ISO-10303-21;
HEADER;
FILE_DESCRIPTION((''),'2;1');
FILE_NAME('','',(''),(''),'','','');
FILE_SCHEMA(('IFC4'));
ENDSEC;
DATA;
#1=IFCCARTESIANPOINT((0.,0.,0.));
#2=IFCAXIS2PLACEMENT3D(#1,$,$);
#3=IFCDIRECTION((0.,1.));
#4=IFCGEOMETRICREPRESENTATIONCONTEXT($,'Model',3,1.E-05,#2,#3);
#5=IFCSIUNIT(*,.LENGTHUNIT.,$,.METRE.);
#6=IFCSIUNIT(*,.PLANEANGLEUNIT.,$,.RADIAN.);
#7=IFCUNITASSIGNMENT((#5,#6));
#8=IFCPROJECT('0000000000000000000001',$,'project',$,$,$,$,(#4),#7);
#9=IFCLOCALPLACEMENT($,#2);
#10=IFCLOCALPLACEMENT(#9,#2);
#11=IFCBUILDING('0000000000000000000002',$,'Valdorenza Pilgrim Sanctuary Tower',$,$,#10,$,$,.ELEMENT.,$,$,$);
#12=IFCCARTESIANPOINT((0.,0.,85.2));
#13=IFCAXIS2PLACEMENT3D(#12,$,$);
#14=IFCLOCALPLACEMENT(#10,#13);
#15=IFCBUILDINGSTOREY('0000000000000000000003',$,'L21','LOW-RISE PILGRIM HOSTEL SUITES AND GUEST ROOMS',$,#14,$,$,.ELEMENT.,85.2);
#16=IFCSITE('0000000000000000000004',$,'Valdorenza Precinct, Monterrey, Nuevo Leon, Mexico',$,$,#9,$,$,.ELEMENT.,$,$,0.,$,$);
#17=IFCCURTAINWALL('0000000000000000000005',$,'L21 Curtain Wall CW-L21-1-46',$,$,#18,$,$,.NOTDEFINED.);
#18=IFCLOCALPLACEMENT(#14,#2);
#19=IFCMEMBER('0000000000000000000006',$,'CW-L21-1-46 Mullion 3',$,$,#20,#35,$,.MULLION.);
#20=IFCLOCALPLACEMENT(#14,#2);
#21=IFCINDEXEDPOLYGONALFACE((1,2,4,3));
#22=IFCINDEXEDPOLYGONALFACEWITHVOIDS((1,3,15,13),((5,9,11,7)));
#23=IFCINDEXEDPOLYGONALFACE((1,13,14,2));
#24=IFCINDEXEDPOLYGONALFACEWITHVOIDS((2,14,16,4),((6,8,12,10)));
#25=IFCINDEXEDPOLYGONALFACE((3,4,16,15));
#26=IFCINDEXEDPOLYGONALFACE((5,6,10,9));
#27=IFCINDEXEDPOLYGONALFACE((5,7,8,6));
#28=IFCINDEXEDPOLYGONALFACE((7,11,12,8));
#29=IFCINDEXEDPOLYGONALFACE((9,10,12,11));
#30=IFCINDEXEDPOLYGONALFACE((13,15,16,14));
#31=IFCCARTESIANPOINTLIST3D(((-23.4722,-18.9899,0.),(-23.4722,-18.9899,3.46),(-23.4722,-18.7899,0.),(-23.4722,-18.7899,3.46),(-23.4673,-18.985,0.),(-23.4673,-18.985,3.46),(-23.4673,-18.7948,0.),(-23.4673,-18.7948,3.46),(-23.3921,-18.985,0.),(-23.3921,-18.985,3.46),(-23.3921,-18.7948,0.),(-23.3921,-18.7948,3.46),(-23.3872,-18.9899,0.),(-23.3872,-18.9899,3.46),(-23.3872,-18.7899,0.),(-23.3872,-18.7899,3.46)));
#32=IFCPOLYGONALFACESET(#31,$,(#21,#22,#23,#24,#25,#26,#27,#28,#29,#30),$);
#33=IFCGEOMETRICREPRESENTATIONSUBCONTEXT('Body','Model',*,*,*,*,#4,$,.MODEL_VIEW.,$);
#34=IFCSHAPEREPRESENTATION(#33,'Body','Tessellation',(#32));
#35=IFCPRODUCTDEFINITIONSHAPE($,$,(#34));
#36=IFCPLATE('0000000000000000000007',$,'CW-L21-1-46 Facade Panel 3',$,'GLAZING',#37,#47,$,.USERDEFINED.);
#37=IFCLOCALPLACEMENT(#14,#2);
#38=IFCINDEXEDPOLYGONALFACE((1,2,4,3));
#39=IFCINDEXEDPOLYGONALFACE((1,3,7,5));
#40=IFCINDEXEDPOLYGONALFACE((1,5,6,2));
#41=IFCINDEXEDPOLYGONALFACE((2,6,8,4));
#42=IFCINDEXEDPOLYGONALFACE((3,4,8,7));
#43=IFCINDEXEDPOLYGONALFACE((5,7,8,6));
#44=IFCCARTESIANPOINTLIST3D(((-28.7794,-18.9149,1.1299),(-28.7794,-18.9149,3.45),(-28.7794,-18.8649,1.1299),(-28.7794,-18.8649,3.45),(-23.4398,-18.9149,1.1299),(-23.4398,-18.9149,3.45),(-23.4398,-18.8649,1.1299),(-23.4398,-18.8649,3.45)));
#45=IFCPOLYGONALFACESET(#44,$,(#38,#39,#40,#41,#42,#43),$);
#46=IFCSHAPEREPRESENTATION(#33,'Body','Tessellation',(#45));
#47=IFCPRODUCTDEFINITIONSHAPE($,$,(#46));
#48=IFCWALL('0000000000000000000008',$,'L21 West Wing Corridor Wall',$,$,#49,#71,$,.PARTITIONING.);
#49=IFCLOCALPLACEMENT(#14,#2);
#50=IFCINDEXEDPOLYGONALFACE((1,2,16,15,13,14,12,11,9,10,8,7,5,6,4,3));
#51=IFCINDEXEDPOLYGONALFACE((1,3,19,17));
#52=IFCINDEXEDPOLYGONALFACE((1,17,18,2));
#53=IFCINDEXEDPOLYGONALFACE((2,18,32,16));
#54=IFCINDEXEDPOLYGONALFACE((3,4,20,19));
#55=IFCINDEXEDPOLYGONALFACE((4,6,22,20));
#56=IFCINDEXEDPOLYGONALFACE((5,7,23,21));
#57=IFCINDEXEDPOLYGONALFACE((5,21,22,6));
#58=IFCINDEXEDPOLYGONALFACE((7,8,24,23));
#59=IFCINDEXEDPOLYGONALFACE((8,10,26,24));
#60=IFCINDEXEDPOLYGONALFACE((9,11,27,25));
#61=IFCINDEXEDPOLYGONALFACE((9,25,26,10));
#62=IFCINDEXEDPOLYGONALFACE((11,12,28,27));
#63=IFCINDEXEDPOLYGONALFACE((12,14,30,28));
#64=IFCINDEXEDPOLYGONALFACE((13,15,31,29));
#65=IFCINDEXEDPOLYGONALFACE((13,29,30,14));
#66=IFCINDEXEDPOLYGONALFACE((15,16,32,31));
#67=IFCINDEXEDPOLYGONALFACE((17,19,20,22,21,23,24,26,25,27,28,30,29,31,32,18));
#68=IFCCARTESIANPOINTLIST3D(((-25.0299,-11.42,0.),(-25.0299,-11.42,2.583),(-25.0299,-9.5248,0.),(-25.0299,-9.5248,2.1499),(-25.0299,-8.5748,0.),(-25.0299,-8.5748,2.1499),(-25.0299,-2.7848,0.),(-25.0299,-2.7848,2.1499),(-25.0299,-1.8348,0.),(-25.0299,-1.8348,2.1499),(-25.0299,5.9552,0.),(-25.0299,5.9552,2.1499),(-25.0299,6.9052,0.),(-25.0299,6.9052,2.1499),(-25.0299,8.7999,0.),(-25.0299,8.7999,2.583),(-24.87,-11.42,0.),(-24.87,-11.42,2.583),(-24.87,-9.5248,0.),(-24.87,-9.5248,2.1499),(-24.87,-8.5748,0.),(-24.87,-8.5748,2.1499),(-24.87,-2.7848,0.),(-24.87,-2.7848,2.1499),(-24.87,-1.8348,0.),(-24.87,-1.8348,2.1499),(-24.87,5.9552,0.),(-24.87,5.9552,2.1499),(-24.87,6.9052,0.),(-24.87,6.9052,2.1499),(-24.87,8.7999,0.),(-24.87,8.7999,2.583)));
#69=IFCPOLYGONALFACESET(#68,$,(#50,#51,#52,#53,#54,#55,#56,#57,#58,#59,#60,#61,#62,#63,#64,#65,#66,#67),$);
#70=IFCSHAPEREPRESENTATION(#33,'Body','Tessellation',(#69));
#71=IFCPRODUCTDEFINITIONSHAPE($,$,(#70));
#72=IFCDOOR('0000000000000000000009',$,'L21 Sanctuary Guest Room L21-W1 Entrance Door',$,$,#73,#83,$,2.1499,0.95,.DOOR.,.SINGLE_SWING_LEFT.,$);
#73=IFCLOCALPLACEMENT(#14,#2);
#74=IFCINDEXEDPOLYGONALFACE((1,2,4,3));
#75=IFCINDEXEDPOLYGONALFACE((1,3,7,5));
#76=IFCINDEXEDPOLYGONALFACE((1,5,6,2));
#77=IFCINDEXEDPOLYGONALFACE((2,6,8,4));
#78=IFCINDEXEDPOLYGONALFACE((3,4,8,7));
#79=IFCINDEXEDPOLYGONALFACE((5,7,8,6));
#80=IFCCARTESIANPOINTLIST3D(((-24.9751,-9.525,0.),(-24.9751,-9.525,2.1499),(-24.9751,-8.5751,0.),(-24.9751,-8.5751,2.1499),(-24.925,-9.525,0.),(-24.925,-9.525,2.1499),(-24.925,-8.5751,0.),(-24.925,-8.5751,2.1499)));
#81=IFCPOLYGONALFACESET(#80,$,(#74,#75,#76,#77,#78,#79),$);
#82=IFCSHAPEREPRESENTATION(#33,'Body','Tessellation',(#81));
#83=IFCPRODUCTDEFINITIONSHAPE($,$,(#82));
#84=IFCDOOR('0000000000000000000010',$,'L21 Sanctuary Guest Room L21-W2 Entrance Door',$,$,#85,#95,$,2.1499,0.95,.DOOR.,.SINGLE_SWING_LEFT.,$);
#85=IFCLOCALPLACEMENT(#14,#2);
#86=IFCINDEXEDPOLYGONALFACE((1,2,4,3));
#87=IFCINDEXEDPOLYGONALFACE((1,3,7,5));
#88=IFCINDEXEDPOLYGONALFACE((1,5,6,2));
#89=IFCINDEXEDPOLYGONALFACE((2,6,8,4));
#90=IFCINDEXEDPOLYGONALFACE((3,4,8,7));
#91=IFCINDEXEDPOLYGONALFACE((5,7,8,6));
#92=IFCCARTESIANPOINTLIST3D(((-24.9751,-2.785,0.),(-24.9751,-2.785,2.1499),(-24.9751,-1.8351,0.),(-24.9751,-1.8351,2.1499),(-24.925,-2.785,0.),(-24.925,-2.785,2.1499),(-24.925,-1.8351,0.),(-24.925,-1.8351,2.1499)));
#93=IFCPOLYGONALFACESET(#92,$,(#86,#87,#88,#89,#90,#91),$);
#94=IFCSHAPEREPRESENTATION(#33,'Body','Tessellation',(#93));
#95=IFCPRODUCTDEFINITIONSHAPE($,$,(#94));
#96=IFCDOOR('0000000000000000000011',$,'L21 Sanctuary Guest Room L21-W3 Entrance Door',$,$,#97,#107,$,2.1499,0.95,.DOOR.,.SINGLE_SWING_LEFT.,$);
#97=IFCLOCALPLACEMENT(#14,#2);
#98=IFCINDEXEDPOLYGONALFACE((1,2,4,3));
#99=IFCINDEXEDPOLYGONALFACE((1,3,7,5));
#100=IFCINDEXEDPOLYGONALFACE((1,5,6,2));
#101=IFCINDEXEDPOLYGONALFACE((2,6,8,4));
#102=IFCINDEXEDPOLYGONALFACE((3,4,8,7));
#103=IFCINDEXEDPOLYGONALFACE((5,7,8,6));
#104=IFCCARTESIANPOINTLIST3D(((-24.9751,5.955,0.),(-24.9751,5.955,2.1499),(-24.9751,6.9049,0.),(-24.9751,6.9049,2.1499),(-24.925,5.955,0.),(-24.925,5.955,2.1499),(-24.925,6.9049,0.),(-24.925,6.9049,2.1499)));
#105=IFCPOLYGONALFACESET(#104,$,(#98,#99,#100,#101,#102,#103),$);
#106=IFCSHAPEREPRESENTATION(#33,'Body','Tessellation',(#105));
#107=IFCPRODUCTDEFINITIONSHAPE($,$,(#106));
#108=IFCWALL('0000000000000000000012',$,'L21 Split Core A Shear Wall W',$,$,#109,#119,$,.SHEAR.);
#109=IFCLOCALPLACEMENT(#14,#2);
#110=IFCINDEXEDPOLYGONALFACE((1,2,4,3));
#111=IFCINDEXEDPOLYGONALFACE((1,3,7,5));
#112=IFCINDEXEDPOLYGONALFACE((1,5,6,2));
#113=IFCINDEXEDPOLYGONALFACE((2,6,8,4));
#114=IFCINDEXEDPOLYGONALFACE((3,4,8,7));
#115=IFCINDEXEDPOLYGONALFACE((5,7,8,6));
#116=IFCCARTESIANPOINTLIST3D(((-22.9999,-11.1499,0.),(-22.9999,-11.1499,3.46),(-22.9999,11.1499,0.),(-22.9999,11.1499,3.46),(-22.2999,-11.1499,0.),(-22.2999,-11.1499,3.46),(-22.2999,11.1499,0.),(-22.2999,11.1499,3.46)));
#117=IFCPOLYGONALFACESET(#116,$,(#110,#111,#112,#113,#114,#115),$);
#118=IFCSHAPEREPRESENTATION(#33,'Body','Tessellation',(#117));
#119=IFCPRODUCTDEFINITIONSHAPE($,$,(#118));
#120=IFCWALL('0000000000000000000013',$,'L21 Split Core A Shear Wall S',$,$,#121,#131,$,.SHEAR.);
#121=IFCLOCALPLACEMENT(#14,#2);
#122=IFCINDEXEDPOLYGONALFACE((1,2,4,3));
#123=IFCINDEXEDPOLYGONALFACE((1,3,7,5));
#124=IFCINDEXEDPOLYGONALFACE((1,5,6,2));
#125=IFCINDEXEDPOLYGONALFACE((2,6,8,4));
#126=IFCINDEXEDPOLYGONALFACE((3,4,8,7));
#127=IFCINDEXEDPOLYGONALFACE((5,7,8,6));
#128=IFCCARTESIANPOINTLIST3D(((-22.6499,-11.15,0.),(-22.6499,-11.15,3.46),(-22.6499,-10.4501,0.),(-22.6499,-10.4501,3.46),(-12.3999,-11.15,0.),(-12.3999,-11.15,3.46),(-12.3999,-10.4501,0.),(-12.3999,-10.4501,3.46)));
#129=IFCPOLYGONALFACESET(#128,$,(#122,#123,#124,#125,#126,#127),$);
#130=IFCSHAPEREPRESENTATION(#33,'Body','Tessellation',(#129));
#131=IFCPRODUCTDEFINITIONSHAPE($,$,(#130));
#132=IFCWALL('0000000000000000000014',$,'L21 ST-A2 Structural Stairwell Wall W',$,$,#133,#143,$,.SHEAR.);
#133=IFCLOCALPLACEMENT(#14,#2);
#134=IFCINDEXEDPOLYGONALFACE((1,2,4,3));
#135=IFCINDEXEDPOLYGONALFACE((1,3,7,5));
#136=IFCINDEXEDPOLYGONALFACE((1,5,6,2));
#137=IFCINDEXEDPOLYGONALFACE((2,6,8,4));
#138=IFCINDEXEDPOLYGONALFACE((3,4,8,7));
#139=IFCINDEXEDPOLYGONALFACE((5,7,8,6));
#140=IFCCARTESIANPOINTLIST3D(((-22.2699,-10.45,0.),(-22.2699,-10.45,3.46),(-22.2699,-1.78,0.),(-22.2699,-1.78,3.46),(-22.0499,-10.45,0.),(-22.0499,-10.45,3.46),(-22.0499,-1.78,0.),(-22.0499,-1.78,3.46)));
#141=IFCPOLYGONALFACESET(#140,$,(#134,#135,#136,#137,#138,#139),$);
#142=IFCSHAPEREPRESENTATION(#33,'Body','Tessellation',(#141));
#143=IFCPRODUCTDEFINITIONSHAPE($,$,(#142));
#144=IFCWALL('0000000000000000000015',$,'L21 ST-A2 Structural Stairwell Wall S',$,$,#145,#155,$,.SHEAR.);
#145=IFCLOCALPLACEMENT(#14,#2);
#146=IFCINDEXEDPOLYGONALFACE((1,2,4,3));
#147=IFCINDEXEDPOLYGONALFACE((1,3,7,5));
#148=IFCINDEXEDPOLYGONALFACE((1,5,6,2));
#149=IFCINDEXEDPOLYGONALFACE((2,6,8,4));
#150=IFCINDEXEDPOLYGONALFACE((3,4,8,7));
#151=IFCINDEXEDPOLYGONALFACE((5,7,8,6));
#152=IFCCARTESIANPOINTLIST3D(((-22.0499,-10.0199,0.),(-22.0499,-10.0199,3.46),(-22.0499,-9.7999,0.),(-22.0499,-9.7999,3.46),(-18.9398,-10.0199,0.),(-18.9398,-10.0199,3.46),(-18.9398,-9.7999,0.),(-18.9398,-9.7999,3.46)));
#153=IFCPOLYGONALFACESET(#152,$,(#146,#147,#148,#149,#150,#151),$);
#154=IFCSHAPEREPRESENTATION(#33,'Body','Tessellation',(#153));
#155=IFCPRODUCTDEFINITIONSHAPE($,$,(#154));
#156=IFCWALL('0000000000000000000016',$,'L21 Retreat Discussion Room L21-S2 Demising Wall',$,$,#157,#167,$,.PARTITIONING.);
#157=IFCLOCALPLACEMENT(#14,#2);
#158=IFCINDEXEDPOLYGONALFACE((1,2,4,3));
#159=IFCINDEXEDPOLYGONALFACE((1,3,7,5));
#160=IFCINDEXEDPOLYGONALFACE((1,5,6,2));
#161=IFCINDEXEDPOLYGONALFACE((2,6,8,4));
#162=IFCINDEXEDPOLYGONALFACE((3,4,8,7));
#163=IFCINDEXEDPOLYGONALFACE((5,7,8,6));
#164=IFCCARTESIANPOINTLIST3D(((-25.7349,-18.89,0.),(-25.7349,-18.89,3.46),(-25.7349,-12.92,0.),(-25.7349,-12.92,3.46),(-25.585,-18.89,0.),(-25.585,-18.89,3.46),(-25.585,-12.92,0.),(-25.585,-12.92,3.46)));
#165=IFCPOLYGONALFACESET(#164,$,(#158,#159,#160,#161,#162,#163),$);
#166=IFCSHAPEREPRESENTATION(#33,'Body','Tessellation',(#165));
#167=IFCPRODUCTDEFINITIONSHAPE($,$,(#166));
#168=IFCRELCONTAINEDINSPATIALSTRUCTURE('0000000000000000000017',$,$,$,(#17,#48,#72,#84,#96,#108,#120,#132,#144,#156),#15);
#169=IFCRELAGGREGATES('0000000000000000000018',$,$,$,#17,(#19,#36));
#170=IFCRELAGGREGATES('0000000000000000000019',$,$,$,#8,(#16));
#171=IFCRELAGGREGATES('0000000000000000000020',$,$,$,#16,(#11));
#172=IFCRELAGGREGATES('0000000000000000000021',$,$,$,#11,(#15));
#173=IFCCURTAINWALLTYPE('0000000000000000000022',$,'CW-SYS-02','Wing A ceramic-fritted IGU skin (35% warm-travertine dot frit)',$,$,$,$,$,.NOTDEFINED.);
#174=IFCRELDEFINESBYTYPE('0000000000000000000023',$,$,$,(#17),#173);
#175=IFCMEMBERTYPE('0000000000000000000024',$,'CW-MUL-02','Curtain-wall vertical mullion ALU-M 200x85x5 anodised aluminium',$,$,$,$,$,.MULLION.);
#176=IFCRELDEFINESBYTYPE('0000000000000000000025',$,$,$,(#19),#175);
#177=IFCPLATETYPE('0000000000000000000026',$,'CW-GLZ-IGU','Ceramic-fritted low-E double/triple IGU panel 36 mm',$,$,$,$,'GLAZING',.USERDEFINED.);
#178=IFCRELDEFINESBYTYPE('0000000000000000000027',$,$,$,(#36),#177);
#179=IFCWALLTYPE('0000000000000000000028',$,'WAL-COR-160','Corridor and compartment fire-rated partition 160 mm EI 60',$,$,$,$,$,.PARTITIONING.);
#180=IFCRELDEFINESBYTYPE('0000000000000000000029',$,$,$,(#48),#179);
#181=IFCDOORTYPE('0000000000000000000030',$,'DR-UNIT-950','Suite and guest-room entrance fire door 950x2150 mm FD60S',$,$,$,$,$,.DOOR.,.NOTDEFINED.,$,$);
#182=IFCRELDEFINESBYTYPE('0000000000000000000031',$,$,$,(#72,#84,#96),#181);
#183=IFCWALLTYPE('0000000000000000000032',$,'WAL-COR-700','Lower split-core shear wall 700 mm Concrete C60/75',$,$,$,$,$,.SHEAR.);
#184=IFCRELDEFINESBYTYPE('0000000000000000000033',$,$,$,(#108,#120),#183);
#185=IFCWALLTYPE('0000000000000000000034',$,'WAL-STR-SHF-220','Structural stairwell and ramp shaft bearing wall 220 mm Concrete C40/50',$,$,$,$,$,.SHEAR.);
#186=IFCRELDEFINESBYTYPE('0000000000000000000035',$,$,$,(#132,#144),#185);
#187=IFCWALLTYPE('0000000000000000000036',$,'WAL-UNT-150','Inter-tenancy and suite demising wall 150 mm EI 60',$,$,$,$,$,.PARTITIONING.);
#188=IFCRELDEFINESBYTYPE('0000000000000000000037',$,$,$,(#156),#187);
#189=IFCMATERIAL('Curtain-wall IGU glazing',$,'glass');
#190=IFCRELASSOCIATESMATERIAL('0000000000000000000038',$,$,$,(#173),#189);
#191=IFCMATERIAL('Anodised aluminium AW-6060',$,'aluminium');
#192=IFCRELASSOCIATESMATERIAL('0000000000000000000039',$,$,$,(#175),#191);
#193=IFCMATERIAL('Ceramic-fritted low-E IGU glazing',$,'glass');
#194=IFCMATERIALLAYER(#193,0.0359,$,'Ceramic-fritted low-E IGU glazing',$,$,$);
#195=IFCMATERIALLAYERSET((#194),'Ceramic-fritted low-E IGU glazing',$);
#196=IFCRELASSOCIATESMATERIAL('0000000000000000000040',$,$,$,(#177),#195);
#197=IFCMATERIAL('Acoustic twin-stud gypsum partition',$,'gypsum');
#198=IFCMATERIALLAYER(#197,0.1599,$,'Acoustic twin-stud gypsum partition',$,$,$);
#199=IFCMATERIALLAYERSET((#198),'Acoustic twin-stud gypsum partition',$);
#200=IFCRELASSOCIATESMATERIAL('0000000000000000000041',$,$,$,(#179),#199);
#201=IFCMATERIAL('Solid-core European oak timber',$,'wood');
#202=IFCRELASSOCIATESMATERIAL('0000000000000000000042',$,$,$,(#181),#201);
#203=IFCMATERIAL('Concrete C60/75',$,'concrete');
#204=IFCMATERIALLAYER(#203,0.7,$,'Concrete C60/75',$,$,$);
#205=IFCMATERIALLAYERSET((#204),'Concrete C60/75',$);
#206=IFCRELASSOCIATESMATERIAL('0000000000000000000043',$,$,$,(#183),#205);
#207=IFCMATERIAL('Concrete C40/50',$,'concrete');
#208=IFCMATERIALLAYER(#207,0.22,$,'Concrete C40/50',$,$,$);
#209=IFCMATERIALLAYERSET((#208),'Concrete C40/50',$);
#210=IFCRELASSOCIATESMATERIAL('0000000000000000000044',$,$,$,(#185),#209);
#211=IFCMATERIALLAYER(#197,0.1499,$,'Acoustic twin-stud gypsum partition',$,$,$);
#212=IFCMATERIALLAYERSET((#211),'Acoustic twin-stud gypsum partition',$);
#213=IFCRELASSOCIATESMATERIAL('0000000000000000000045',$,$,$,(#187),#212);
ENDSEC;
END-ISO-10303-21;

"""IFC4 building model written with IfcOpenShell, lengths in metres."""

from ifc_helpers import new_model, si_unit, direction, frame, frame_2d, origin, origin_2d, place, context, subcontext, project, spatial, rectangle, hollow_rectangle, extrude, source, transform, mapped, material, layer, layer_set, material_profile, profile_set, type_object, element, fill, aggregate, save


model = new_model("IFC4")

# Units and contexts
model_context = context("Model", 3, precision=1e-05, world=origin(), true_north=direction((0.0, 1.0)))
body_context = subcontext(model_context, "Body", "Model", "MODEL_VIEW")
ifc_project = project(units=[si_unit("LENGTHUNIT", "METRE"), si_unit("PLANEANGLEUNIT", "RADIAN")], contexts=[model_context])

# Site, building, storey
site_placement = place(None, origin())
site = spatial("IfcSite", under=ifc_project, at=site_placement, Name="Valdorenza Precinct, Monterrey, Nuevo Leon, Mexico", CompositionType="ELEMENT", RefElevation=0.0)
building_placement = place(site_placement, origin())
building = spatial("IfcBuilding", under=site, at=building_placement, Name="Valdorenza Pilgrim Sanctuary Tower", CompositionType="ELEMENT")
storey_placement = place(building_placement, frame((0.0, 0.0, 85.2)))
storey = spatial("IfcBuildingStorey", under=building, at=storey_placement, Name="L21", Description="LOW-RISE PILGRIM HOSTEL SUITES AND GUEST ROOMS", CompositionType="ELEMENT", Elevation=85.2)

# Shared definitions
ifc_material_1 = material(Name="Concrete C60/75", Category="concrete")

# Curtain wall, member, plate
ifc_material_2 = material(Name="Curtain-wall IGU glazing", Category="glass")
curtain_wall_type = type_object("IfcCurtainWallType", Name="CW-SYS-02", Description="Wing A ceramic-fritted IGU skin (35% warm-travertine dot frit)", PredefinedType="NOTDEFINED", material=ifc_material_2)
curtain_wall_placement = place(storey_placement, origin())
curtain_wall = element("IfcCurtainWall", 1, at=curtain_wall_placement, inside=storey, type_object=curtain_wall_type, Name="L21 Curtain Wall CW-L21-1-46", PredefinedType="NOTDEFINED")
ifc_material_3 = material(Name="Anodised aluminium AW-6060", Category="aluminium")
ifc_material_profile_1 = material_profile(ifc_material_3, hollow_rectangle(XDim=0.085, YDim=0.2, WallThickness=0.0049, at=origin_2d()), Name="ALU-M 200x85x5")
ifc_profile_set_1 = profile_set([ifc_material_profile_1], Name="Anodised aluminium AW-6060")
member_type = type_object("IfcMemberType", Name="CW-MUL-02", Description="Curtain-wall vertical mullion ALU-M 200x85x5 anodised aluminium", PredefinedType="MULLION", material=ifc_profile_set_1)
shared_shape_1 = source(origin(), body_context, "Body", "SweptSolid", [
    extrude(hollow_rectangle(XDim=0.085, YDim=0.2, WallThickness=0.0049, at=origin_2d()), origin(), (0.0, 0.0, 1.0), 3.46),
])
member_placement = place(storey_placement, frame((-23.4297, -18.8899, 0.0), z_axis=(0.0, 0.0, 1.0), x_axis=(-1.0, 0.0, 0.0)))
member = element("IfcMember", 2, at=member_placement, type_object=member_type, Name="CW-L21-1-46 Mullion 3", PredefinedType="MULLION", context=body_context, shape_type="MappedRepresentation", body=[
    mapped(shared_shape_1, transform((0.0, 0.0, 0.0), x_axis=(1.0, 0.0, 0.0), y_axis=(0.0, 1.0, 0.0), z_axis=(0.0, 0.0, 1.0), scale=1.0)),
])
ifc_material_4 = material(Name="Ceramic-fritted low-E IGU glazing", Category="glass")
ifc_layer_1 = layer(ifc_material_4, 0.0359, Name="Ceramic-fritted low-E IGU glazing")
ifc_layer_set_1 = layer_set([ifc_layer_1], Name="Ceramic-fritted low-E IGU glazing")
plate_type = type_object("IfcPlateType", Name="CW-GLZ-IGU", Description="Ceramic-fritted low-E double/triple IGU panel 36 mm", ElementType="GLAZING", PredefinedType="USERDEFINED", material=ifc_layer_set_1)
shared_shape_2 = source(origin(), body_context, "Body", "SweptSolid", [
    extrude(rectangle(XDim=5.3396, YDim=0.05, at=origin_2d()), origin(), (0.0, 0.0, 1.0), 2.3201),
])
plate_placement = place(storey_placement, frame((-26.1096, -18.8899, 1.1299), z_axis=(0.0, 0.0, 1.0), x_axis=(-1.0, 0.0, 0.0)))
plate = element("IfcPlate", 3, at=plate_placement, type_object=plate_type, Name="CW-L21-1-46 Facade Panel 3", ObjectType="GLAZING", PredefinedType="USERDEFINED", context=body_context, shape_type="MappedRepresentation", body=[
    mapped(shared_shape_2, transform((0.0, 0.0, 0.0), x_axis=(1.0, 0.0, 0.0), y_axis=(0.0, 1.0, 0.0), z_axis=(0.0, 0.0, 1.0), scale=1.0)),
])
aggregate(curtain_wall, [member, plate])

# Wall, openings, doors
ifc_material_5 = material(Name="Acoustic twin-stud gypsum partition", Category="gypsum")
ifc_layer_2 = layer(ifc_material_5, 0.1599, Name="Acoustic twin-stud gypsum partition")
ifc_layer_set_2 = layer_set([ifc_layer_2], Name="Acoustic twin-stud gypsum partition")
wall_type_1 = type_object("IfcWallType", Name="WAL-COR-160", Description="Corridor and compartment fire-rated partition 160 mm EI 60", PredefinedType="PARTITIONING", material=ifc_layer_set_2)
wall_1_placement = place(storey_placement, frame((-24.95, -11.4199, 0.0), z_axis=(0.0, 0.0, 1.0), x_axis=(0.0, 1.0, 0.0)))
wall_1 = element("IfcWall", 4, at=wall_1_placement, inside=storey, type_object=wall_type_1, Name="L21 West Wing Corridor Wall", PredefinedType="PARTITIONING", context=body_context, shape_type="SweptSolid", body=[
    extrude(rectangle(XDim=20.22, YDim=0.1599, at=frame_2d((10.1099, 0.0))), origin(), (0.0, 0.0, 1.0), 2.583),
])
opening_1_placement = place(wall_1_placement, frame((1.895, 0.0, 0.0)))
opening_1 = element("IfcOpeningElement", 5, at=opening_1_placement, cuts=wall_1, PredefinedType="OPENING", context=body_context, shape_type="SweptSolid", body=[
    extrude(rectangle(XDim=0.95, YDim=2.1499, at=frame_2d((0.4751, 1.075))), frame((0.0, 0.0947, 0.0), z_axis=(0.0, -1.0, 0.0), x_axis=(1.0, 0.0, 0.0)), (0.0, 0.0, 1.0), 0.1897),
])
opening_2_placement = place(wall_1_placement, frame((8.635, 0.0, 0.0)))
opening_2 = element("IfcOpeningElement", 6, at=opening_2_placement, cuts=wall_1, PredefinedType="OPENING", context=body_context, shape_type="SweptSolid", body=[
    extrude(rectangle(XDim=0.95, YDim=2.1499, at=frame_2d((0.4751, 1.075))), frame((0.0, 0.0947, 0.0), z_axis=(0.0, -1.0, 0.0), x_axis=(1.0, 0.0, 0.0)), (0.0, 0.0, 1.0), 0.1897),
])
opening_3_placement = place(wall_1_placement, frame((17.375, 0.0, 0.0)))
opening_3 = element("IfcOpeningElement", 7, at=opening_3_placement, cuts=wall_1, PredefinedType="OPENING", context=body_context, shape_type="SweptSolid", body=[
    extrude(rectangle(XDim=0.95, YDim=2.1499, at=frame_2d((0.4751, 1.075))), frame((0.0, 0.0947, 0.0), z_axis=(0.0, -1.0, 0.0), x_axis=(1.0, 0.0, 0.0)), (0.0, 0.0, 1.0), 0.1897),
])
ifc_material_6 = material(Name="Solid-core European oak timber", Category="wood")
door_type = type_object("IfcDoorType", Name="DR-UNIT-950", Description="Suite and guest-room entrance fire door 950x2150 mm FD60S", OperationType="NOTDEFINED", PredefinedType="DOOR", material=ifc_material_6)
door_1_placement = place(opening_1_placement, frame((0.95, 0.0, 0.0), z_axis=(0.0, 0.0, 1.0), x_axis=(-1.0, 0.0, 0.0)))
door_1 = element("IfcDoor", 8, at=door_1_placement, inside=storey, type_object=door_type, Name="L21 Sanctuary Guest Room L21-W1 Entrance Door", OperationType="SINGLE_SWING_LEFT", OverallHeight=2.1499, OverallWidth=0.95, PredefinedType="DOOR", context=body_context, shape_type="SweptSolid", body=[
    extrude(rectangle(XDim=0.95, YDim=2.1499, at=frame_2d((0.4751, 1.075))), frame((0.0, 0.0249, 0.0), z_axis=(0.0, -1.0, 0.0), x_axis=(1.0, 0.0, 0.0)), (0.0, 0.0, 1.0), 0.05),
])
fill(opening_1, door_1)
door_2_placement = place(opening_2_placement, frame((0.95, 0.0, 0.0), z_axis=(0.0, 0.0, 1.0), x_axis=(-1.0, 0.0, 0.0)))
door_2 = element("IfcDoor", 9, at=door_2_placement, inside=storey, type_object=door_type, Name="L21 Sanctuary Guest Room L21-W2 Entrance Door", OperationType="SINGLE_SWING_LEFT", OverallHeight=2.1499, OverallWidth=0.95, PredefinedType="DOOR", context=body_context, shape_type="SweptSolid", body=[
    extrude(rectangle(XDim=0.95, YDim=2.1499, at=frame_2d((0.4751, 1.075))), frame((0.0, 0.0249, 0.0), z_axis=(0.0, -1.0, 0.0), x_axis=(1.0, 0.0, 0.0)), (0.0, 0.0, 1.0), 0.05),
])
fill(opening_2, door_2)
door_3_placement = place(opening_3_placement, frame((0.95, 0.0, 0.0), z_axis=(0.0, 0.0, 1.0), x_axis=(-1.0, 0.0, 0.0)))
door_3 = element("IfcDoor", 10, at=door_3_placement, inside=storey, type_object=door_type, Name="L21 Sanctuary Guest Room L21-W3 Entrance Door", OperationType="SINGLE_SWING_LEFT", OverallHeight=2.1499, OverallWidth=0.95, PredefinedType="DOOR", context=body_context, shape_type="SweptSolid", body=[
    extrude(rectangle(XDim=0.95, YDim=2.1499, at=frame_2d((0.4751, 1.075))), frame((0.0, 0.0249, 0.0), z_axis=(0.0, -1.0, 0.0), x_axis=(1.0, 0.0, 0.0)), (0.0, 0.0, 1.0), 0.05),
])
fill(opening_3, door_3)

# Walls
ifc_layer_3 = layer(ifc_material_1, 0.7, Name="Concrete C60/75")
ifc_layer_set_3 = layer_set([ifc_layer_3], Name="Concrete C60/75")
wall_type_2 = type_object("IfcWallType", Name="WAL-COR-700", Description="Lower split-core shear wall 700 mm Concrete C60/75", PredefinedType="SHEAR", material=ifc_layer_set_3)
wall_2_placement = place(storey_placement, frame((-22.6499, -11.1499, 0.0), z_axis=(0.0, 0.0, 1.0), x_axis=(0.0, 1.0, 0.0)))
element("IfcWall", 11, at=wall_2_placement, inside=storey, type_object=wall_type_2, Name="L21 Split Core A Shear Wall W", PredefinedType="SHEAR", context=body_context, shape_type="SweptSolid", body=[
    extrude(rectangle(XDim=22.2998, YDim=0.7, at=frame_2d((11.1499, 0.0))), origin(), (0.0, 0.0, 1.0), 3.46),
])
wall_3_placement = place(storey_placement, frame((-22.6499, -10.8, 0.0), z_axis=(0.0, 0.0, 1.0), x_axis=(1.0, 0.0, 0.0)))
element("IfcWall", 12, at=wall_3_placement, inside=storey, type_object=wall_type_2, Name="L21 Split Core A Shear Wall S", PredefinedType="SHEAR", context=body_context, shape_type="SweptSolid", body=[
    extrude(rectangle(XDim=10.25, YDim=0.7, at=frame_2d((5.125, 0.0))), origin(), (0.0, 0.0, 1.0), 3.46),
])
ifc_material_7 = material(Name="Concrete C40/50", Category="concrete")
ifc_layer_4 = layer(ifc_material_7, 0.22, Name="Concrete C40/50")
ifc_layer_set_4 = layer_set([ifc_layer_4], Name="Concrete C40/50")
wall_type_3 = type_object("IfcWallType", Name="WAL-STR-SHF-220", Description="Structural stairwell and ramp shaft bearing wall 220 mm Concrete C40/50", PredefinedType="SHEAR", material=ifc_layer_set_4)
wall_4_placement = place(storey_placement, frame((-22.1599, -10.45, 0.0), z_axis=(0.0, 0.0, 1.0), x_axis=(0.0, 1.0, 0.0)))
element("IfcWall", 13, at=wall_4_placement, inside=storey, type_object=wall_type_3, Name="L21 ST-A2 Structural Stairwell Wall W", PredefinedType="SHEAR", context=body_context, shape_type="SweptSolid", body=[
    extrude(rectangle(XDim=8.6699, YDim=0.22, at=frame_2d((4.335, 0.0))), origin(), (0.0, 0.0, 1.0), 3.46),
])
wall_5_placement = place(storey_placement, frame((-22.05, -9.9099, 0.0), z_axis=(0.0, 0.0, 1.0), x_axis=(1.0, 0.0, 0.0)))
element("IfcWall", 14, at=wall_5_placement, inside=storey, type_object=wall_type_3, Name="L21 ST-A2 Structural Stairwell Wall S", PredefinedType="SHEAR", context=body_context, shape_type="SweptSolid", body=[
    extrude(rectangle(XDim=3.1101, YDim=0.22, at=frame_2d((1.5552, 0.0))), origin(), (0.0, 0.0, 1.0), 3.46),
])
ifc_layer_5 = layer(ifc_material_5, 0.1499, Name="Acoustic twin-stud gypsum partition")
ifc_layer_set_5 = layer_set([ifc_layer_5], Name="Acoustic twin-stud gypsum partition")
wall_type_4 = type_object("IfcWallType", Name="WAL-UNT-150", Description="Inter-tenancy and suite demising wall 150 mm EI 60", PredefinedType="PARTITIONING", material=ifc_layer_set_5)
wall_6_placement = place(storey_placement, frame((-25.6599, -18.8899, 0.0), z_axis=(0.0, 0.0, 1.0), x_axis=(0.0, 1.0, 0.0)))
element("IfcWall", 15, at=wall_6_placement, inside=storey, type_object=wall_type_4, Name="L21 Retreat Discussion Room L21-S2 Demising Wall", PredefinedType="PARTITIONING", context=body_context, shape_type="SweptSolid", body=[
    extrude(rectangle(XDim=5.97, YDim=0.1499, at=frame_2d((2.9849, 0.0))), origin(), (0.0, 0.0, 1.0), 3.46),
])

save(model, "model.ifc")
